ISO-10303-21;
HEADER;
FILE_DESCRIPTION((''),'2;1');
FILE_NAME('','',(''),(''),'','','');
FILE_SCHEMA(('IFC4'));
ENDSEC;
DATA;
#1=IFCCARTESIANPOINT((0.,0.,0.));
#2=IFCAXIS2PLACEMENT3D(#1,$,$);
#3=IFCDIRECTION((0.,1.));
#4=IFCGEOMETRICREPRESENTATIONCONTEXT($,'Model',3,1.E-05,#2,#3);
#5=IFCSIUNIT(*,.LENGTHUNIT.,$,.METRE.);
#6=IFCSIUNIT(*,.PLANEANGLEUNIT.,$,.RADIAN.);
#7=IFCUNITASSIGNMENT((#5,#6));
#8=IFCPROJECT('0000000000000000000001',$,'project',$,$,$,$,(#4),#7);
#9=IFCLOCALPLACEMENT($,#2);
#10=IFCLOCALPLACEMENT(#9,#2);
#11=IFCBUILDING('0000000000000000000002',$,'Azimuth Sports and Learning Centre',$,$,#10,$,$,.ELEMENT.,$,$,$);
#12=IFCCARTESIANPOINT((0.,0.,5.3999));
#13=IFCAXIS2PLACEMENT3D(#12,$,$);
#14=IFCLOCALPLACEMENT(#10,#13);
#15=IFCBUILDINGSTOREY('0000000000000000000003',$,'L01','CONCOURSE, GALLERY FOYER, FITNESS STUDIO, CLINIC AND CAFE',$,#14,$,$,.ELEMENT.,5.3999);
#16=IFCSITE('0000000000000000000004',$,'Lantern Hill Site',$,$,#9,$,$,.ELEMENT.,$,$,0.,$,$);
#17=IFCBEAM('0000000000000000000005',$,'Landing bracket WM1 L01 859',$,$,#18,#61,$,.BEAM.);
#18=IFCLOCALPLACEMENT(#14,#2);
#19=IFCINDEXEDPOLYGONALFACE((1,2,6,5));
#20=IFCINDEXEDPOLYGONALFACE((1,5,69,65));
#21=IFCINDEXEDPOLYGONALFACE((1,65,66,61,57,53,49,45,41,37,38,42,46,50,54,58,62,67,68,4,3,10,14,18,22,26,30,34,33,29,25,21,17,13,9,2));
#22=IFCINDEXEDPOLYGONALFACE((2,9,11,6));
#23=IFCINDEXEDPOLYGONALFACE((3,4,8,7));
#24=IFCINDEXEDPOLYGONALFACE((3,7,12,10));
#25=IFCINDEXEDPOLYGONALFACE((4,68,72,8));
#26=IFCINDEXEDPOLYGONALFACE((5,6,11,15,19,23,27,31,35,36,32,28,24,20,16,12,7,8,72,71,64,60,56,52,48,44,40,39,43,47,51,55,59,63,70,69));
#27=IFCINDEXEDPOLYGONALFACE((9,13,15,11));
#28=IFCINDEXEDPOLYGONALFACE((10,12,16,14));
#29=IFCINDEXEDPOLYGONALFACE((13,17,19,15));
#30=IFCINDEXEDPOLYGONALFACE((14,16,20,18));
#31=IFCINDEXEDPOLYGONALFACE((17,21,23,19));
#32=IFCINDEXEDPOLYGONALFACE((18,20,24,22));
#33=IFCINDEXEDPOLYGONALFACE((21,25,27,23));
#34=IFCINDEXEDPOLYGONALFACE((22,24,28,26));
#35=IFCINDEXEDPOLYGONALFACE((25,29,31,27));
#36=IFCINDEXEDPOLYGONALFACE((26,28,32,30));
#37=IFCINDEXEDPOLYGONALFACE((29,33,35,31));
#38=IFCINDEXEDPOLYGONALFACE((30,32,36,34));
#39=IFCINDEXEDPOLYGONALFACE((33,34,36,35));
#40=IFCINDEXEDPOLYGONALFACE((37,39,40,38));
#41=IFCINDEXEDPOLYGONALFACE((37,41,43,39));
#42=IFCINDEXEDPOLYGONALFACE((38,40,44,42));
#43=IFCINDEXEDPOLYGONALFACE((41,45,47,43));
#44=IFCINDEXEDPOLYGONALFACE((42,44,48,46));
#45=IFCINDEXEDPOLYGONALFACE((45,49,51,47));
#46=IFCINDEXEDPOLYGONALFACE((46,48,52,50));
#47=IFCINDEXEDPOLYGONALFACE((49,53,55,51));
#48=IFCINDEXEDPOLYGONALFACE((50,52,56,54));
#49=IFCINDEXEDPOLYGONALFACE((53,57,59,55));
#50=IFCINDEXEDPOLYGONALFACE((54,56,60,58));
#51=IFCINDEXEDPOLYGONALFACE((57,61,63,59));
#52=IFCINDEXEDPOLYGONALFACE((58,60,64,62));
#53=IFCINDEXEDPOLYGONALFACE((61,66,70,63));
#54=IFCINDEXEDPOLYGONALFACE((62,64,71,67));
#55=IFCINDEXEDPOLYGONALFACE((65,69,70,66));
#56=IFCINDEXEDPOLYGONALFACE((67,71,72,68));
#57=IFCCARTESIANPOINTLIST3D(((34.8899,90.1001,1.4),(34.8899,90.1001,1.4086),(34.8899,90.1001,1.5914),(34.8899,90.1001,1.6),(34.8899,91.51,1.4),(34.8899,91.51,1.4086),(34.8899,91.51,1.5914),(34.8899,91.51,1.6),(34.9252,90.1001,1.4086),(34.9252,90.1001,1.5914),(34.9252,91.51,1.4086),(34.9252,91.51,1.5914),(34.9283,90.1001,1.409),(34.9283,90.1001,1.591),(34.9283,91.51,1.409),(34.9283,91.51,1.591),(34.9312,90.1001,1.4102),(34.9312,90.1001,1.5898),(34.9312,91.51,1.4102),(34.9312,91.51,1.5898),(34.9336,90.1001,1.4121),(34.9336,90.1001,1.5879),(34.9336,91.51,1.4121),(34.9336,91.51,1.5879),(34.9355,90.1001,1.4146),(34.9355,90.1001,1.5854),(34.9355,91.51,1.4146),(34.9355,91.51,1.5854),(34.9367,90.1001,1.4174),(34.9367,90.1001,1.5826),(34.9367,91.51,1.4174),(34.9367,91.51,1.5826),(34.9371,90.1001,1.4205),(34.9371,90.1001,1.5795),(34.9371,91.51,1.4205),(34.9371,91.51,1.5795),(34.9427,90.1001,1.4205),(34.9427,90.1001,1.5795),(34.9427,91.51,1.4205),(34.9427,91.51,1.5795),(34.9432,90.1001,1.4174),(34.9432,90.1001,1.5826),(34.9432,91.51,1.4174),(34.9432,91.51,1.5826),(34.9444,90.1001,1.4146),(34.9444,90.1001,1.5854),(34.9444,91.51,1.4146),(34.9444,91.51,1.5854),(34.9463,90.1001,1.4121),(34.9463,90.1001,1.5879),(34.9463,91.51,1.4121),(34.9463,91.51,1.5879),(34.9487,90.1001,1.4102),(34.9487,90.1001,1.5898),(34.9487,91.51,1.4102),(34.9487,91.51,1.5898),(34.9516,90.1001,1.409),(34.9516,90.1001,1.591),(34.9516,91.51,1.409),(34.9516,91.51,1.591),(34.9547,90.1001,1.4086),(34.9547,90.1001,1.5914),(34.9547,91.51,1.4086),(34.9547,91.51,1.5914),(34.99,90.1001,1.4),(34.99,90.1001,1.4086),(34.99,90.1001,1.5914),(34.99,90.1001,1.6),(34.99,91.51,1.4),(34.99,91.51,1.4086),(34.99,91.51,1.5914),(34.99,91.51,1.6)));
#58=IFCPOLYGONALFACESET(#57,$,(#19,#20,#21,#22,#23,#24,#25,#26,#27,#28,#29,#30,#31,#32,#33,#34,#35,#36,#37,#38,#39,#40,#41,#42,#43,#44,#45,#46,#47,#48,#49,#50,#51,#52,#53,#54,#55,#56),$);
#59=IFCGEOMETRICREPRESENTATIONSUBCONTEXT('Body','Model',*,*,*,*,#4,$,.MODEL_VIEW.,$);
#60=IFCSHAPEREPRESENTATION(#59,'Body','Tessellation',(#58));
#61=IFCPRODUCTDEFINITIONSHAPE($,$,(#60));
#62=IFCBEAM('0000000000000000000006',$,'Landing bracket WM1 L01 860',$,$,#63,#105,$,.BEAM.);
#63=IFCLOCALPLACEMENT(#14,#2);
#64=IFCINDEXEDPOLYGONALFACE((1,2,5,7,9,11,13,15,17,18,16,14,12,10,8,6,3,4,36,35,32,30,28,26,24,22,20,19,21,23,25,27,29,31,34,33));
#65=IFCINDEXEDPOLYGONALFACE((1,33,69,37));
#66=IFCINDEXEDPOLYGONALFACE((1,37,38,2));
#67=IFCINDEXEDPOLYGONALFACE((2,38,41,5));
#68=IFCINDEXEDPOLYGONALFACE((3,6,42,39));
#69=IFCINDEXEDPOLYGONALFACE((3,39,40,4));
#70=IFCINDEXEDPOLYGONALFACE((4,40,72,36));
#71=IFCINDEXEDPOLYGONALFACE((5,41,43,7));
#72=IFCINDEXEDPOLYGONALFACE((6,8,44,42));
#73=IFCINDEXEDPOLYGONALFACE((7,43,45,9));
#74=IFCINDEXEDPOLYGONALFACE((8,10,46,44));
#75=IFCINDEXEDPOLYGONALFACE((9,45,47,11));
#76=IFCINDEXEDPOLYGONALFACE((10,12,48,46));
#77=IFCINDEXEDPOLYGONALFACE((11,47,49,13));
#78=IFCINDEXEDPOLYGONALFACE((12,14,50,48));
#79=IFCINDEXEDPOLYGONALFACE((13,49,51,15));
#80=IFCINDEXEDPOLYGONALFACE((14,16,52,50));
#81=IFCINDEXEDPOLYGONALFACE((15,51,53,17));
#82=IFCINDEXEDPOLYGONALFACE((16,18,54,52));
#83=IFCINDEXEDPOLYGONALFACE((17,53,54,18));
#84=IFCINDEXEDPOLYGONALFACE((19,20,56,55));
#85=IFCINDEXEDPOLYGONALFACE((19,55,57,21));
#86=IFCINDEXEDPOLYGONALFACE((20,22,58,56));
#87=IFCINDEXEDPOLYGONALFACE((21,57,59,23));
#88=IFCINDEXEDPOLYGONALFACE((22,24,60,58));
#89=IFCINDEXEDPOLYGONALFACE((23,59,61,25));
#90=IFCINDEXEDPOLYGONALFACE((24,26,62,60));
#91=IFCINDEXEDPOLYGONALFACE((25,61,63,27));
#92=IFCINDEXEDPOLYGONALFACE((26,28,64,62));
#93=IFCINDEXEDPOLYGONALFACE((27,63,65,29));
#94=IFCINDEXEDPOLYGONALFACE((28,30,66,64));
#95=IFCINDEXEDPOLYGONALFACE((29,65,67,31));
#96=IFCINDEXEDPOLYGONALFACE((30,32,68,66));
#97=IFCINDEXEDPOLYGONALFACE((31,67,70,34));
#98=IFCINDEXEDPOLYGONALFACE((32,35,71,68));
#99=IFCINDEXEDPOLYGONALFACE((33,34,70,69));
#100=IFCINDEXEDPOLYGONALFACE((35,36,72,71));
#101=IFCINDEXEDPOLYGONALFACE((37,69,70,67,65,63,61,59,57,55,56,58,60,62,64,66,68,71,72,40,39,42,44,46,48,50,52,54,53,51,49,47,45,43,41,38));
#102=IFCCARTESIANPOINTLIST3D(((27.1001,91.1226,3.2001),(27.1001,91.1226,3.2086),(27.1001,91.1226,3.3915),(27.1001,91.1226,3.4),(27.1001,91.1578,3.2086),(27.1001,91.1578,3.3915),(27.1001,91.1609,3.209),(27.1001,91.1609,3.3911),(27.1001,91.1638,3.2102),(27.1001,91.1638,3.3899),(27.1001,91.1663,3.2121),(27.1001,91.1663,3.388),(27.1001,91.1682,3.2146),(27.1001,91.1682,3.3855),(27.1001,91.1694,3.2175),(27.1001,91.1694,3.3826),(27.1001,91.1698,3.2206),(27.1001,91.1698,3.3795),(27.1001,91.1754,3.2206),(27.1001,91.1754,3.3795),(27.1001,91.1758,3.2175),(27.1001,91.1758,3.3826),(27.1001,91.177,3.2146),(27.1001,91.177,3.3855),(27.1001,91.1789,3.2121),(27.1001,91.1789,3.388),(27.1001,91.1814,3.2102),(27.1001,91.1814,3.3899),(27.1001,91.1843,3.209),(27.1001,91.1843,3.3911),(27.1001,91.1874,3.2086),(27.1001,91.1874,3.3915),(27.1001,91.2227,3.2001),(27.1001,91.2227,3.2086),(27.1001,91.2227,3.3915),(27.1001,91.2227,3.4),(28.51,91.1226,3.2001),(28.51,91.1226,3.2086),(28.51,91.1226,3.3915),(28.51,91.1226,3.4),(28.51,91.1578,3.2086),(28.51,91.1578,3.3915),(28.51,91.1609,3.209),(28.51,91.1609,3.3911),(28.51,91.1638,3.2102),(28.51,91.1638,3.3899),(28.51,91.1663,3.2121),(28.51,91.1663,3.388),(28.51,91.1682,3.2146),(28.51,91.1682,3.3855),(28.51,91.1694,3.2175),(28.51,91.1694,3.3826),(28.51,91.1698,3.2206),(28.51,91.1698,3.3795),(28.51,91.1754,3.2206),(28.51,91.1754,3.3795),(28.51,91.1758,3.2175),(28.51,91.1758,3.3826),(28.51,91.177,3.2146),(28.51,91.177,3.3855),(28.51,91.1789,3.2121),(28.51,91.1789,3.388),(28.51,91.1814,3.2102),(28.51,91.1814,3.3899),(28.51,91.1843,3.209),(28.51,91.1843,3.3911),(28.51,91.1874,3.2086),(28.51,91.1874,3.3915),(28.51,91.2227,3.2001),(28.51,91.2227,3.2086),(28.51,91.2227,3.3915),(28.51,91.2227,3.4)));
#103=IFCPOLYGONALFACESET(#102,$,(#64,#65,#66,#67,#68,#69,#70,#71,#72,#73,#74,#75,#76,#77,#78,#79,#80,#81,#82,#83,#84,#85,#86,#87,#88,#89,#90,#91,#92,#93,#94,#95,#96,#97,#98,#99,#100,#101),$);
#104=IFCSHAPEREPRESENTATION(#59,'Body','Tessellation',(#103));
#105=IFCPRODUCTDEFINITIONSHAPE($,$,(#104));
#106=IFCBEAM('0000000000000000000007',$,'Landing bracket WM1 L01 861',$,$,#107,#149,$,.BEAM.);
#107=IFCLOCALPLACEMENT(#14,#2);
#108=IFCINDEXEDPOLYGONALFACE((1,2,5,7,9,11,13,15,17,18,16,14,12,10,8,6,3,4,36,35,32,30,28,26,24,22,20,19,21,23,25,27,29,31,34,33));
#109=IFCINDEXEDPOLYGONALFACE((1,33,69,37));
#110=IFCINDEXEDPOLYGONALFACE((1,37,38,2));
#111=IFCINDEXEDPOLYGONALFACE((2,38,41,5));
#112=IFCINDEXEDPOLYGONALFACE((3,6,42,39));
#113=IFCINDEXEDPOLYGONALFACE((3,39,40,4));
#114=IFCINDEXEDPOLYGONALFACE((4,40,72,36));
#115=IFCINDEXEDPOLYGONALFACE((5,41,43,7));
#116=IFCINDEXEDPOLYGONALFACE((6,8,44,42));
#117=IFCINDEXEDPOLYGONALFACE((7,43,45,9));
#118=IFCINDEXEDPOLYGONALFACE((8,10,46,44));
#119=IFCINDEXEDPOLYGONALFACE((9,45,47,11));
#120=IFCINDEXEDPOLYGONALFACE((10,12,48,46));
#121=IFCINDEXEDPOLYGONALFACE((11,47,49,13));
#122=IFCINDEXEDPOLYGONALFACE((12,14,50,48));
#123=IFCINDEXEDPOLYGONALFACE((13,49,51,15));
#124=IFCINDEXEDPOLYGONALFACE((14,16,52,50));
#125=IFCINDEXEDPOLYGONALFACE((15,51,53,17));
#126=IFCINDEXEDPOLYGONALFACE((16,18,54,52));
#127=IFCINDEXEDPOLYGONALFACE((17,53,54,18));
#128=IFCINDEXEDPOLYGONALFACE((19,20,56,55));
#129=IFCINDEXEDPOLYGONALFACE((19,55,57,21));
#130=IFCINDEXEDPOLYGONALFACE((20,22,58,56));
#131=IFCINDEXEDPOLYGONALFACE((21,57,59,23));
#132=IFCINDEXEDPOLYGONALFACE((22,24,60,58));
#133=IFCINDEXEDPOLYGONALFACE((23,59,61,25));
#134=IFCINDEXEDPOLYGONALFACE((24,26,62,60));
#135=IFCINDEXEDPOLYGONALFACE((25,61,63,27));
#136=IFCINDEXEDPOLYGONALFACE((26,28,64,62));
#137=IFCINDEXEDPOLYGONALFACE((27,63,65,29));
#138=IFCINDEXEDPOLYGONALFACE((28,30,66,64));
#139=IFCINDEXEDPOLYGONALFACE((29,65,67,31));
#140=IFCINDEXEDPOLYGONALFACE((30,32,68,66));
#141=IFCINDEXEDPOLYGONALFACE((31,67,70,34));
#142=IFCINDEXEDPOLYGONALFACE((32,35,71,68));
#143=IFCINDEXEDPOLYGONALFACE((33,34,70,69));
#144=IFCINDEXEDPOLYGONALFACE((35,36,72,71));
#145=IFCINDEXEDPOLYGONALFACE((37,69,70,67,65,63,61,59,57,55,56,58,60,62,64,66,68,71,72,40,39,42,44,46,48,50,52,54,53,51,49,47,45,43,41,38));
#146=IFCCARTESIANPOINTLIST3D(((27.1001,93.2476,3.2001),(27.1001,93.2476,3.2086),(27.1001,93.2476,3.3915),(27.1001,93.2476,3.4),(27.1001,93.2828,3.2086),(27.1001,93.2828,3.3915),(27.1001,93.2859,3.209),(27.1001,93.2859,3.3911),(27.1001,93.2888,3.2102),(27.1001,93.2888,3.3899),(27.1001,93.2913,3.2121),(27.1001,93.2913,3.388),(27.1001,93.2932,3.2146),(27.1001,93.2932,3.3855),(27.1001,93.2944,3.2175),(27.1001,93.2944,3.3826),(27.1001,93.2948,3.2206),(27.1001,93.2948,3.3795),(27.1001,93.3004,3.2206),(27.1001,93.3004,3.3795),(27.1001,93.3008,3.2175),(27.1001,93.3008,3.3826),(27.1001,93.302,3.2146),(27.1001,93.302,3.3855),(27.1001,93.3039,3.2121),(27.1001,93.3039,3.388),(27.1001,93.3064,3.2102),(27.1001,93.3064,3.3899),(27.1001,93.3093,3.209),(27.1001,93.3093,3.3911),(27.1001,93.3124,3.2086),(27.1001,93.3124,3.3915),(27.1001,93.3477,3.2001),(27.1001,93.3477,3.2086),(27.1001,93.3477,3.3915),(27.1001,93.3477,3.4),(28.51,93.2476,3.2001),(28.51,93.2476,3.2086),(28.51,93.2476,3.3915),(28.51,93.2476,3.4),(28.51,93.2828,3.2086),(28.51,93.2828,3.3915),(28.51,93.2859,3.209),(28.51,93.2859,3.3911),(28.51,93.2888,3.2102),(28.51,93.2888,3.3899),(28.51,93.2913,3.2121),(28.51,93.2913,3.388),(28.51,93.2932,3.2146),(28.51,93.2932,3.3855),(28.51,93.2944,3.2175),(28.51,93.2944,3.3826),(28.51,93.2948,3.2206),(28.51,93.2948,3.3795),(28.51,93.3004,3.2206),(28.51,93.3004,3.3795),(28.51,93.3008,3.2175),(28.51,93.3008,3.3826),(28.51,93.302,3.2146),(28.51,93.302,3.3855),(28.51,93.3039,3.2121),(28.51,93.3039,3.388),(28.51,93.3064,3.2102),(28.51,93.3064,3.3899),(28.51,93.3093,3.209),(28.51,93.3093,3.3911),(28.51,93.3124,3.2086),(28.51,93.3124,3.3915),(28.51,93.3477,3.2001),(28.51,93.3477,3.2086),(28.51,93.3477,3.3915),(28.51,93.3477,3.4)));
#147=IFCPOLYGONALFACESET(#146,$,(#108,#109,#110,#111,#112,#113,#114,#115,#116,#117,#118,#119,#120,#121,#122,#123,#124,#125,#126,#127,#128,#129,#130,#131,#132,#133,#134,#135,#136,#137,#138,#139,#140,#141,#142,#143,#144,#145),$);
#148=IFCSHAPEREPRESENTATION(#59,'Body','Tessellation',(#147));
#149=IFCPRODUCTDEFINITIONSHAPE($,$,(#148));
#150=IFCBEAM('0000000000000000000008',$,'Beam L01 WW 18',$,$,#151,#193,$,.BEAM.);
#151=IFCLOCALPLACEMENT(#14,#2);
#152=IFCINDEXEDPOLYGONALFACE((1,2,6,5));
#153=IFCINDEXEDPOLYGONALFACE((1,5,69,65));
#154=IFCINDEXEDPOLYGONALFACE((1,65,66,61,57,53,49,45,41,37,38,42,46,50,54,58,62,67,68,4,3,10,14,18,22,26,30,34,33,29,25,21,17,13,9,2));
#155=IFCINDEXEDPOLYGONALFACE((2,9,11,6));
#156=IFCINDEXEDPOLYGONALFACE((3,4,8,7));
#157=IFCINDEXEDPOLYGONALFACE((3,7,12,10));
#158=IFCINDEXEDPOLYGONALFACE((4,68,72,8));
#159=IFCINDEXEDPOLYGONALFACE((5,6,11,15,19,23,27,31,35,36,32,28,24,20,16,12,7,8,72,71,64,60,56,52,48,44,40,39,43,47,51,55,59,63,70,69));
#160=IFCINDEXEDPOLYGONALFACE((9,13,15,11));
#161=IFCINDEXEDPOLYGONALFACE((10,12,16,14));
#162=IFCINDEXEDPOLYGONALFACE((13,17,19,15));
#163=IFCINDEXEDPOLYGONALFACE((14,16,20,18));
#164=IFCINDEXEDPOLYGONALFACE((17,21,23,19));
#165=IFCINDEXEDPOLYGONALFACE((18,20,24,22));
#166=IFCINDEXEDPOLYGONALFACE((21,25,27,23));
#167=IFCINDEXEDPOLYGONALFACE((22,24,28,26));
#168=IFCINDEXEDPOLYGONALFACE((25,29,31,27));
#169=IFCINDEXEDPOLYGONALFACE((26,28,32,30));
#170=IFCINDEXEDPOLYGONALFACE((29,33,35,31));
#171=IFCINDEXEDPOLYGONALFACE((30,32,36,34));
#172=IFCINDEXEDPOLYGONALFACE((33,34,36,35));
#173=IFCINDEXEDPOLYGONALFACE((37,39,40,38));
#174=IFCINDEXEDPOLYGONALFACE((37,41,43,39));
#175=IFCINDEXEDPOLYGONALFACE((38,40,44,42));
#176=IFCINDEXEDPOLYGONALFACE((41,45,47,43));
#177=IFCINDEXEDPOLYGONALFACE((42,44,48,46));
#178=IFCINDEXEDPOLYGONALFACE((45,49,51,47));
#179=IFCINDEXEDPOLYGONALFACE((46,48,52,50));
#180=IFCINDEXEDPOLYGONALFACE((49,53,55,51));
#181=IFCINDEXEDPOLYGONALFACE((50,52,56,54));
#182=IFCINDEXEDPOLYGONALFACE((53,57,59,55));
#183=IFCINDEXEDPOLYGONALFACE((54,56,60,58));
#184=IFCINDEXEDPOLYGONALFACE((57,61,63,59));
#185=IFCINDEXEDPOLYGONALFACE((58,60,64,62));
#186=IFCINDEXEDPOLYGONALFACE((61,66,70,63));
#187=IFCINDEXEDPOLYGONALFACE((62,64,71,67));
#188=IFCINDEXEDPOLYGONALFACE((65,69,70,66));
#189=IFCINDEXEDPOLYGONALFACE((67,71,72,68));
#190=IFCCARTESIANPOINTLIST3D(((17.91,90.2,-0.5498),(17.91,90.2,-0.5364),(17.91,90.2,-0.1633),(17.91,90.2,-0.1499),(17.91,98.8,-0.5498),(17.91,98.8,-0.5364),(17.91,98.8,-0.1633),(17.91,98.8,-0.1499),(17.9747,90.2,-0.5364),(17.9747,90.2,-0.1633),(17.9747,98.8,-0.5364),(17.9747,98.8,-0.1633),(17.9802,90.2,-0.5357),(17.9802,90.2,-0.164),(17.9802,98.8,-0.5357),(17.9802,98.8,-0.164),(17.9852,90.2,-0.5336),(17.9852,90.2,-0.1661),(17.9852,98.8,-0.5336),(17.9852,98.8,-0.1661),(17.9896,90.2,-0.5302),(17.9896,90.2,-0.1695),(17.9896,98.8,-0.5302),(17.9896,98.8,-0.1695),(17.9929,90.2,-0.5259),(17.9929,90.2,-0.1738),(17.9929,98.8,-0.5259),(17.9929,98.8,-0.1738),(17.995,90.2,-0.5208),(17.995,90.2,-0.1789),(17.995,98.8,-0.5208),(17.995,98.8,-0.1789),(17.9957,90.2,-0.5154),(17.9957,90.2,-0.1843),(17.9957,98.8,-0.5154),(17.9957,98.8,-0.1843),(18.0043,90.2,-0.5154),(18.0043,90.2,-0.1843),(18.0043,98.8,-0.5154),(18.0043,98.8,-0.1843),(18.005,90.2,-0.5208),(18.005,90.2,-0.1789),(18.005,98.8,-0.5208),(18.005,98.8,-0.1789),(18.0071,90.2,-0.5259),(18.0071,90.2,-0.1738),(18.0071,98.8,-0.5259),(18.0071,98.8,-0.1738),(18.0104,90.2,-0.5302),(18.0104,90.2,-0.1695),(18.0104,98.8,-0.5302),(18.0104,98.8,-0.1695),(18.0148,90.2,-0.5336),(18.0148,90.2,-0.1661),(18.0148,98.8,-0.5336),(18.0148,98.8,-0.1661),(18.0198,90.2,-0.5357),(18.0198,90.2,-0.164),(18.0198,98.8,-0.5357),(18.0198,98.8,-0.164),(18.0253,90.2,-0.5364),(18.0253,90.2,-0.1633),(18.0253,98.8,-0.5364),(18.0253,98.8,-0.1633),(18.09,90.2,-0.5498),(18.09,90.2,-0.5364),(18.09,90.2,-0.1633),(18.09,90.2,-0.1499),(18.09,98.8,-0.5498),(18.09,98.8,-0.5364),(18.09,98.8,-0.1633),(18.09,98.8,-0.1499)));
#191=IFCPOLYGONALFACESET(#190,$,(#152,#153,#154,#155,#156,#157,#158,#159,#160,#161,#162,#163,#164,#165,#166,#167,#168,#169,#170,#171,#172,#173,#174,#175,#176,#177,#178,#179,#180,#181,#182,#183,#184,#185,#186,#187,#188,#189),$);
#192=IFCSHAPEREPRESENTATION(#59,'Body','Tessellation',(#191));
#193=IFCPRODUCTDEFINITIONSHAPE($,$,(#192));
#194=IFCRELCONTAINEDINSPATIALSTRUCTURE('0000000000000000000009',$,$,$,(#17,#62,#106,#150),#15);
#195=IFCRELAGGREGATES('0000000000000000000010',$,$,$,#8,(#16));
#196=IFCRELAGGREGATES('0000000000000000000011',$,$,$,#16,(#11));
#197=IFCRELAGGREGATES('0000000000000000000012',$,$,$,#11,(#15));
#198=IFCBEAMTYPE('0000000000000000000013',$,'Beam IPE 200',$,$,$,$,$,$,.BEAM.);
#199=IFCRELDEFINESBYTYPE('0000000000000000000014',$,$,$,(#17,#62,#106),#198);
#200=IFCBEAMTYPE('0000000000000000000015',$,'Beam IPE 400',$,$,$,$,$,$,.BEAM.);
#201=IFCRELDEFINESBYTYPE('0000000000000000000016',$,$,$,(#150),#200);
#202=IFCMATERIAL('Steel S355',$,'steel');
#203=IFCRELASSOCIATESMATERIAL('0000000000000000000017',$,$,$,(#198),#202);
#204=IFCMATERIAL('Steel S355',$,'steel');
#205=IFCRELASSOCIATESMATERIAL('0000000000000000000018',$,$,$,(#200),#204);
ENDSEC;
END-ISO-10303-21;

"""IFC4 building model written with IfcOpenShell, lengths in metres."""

from ifc_helpers import new_model, si_unit, direction, frame, origin, origin_2d, place, context, subcontext, project, spatial, i_section, extrude, material, material_profile, profile_set, type_object, element, save


model = new_model("IFC4")

# Units and contexts
model_context = context("Model", 3, precision=1e-05, world=origin(), true_north=direction((0.0, 1.0)))
body_context = subcontext(model_context, "Body", "Model", "MODEL_VIEW")
ifc_project = project(units=[si_unit("LENGTHUNIT", "METRE"), si_unit("PLANEANGLEUNIT", "RADIAN")], contexts=[model_context])

# Site, building, storey
site_placement = place(None, origin())
site = spatial("IfcSite", under=ifc_project, at=site_placement, Name="Lantern Hill Site", CompositionType="ELEMENT", RefElevation=0.0)
building_placement = place(site_placement, origin())
building = spatial("IfcBuilding", under=site, at=building_placement, Name="Azimuth Sports and Learning Centre", CompositionType="ELEMENT")
storey_placement = place(building_placement, frame((0.0, 0.0, 5.3999)))
storey = spatial("IfcBuildingStorey", under=building, at=storey_placement, Name="L01", Description="CONCOURSE, GALLERY FOYER, FITNESS STUDIO, CLINIC AND CAFE", CompositionType="ELEMENT", Elevation=5.3999)

# Beams
ifc_material_1 = material(Name="Steel S355", Category="steel")
ifc_material_profile_1 = material_profile(ifc_material_1, i_section(OverallWidth=0.1001, OverallDepth=0.2, WebThickness=0.0056, FlangeThickness=0.0085, FilletRadius=0.012, at=origin_2d()), Name="IPE 200")
ifc_profile_set_1 = profile_set([ifc_material_profile_1], Name="Steel S355")
beam_type_1 = type_object("IfcBeamType", Name="Beam IPE 200", PredefinedType="BEAM", material=ifc_profile_set_1)
for number, where, z_axis, x_axis, name in (
    (1, (34.9399, 90.1001, 1.5), (0.0, 1.0, 0.0), (-1.0, 0.0, 0.0), "Landing bracket WM1 L01 859"),
    (2, (27.1001, 91.1726, 3.3), (1.0, 0.0, 0.0), (0.0, 1.0, 0.0), "Landing bracket WM1 L01 860"),
    (3, (27.1001, 93.2976, 3.3), (1.0, 0.0, 0.0), (0.0, 1.0, 0.0), "Landing bracket WM1 L01 861"),
):
    element("IfcBeam", number, at=place(storey_placement, frame(where, z_axis=z_axis, x_axis=x_axis)), inside=storey, type_object=beam_type_1, Name=name, PredefinedType="BEAM", context=body_context, shape_type="SweptSolid", body=[
        extrude(i_section(OverallWidth=0.1001, OverallDepth=0.2, WebThickness=0.0056, FlangeThickness=0.0085, FilletRadius=0.012, at=origin_2d()), origin(), (0.0, 0.0, 1.0), 1.4099),
    ])
ifc_material_2 = material(Name="Steel S355", Category="steel")
ifc_material_profile_2 = material_profile(ifc_material_2, i_section(OverallWidth=0.1799, OverallDepth=0.3999, WebThickness=0.0085, FlangeThickness=0.0134, FilletRadius=0.021, at=origin_2d()), Name="IPE 400")
ifc_profile_set_2 = profile_set([ifc_material_profile_2], Name="Steel S355")
beam_type_2 = type_object("IfcBeamType", Name="Beam IPE 400", PredefinedType="BEAM", material=ifc_profile_set_2)
beam_1_placement = place(storey_placement, frame((18.0, 90.2, -0.3499), z_axis=(0.0, 1.0, 0.0), x_axis=(-1.0, 0.0, 0.0)))
element("IfcBeam", 4, at=beam_1_placement, inside=storey, type_object=beam_type_2, Name="Beam L01 WW 18", PredefinedType="BEAM", context=body_context, shape_type="SweptSolid", body=[
    extrude(i_section(OverallWidth=0.1799, OverallDepth=0.3999, WebThickness=0.0085, FlangeThickness=0.0134, FilletRadius=0.021, at=origin_2d()), origin(), (0.0, 0.0, 1.0), 8.6001),
])

save(model, "model.ifc")
